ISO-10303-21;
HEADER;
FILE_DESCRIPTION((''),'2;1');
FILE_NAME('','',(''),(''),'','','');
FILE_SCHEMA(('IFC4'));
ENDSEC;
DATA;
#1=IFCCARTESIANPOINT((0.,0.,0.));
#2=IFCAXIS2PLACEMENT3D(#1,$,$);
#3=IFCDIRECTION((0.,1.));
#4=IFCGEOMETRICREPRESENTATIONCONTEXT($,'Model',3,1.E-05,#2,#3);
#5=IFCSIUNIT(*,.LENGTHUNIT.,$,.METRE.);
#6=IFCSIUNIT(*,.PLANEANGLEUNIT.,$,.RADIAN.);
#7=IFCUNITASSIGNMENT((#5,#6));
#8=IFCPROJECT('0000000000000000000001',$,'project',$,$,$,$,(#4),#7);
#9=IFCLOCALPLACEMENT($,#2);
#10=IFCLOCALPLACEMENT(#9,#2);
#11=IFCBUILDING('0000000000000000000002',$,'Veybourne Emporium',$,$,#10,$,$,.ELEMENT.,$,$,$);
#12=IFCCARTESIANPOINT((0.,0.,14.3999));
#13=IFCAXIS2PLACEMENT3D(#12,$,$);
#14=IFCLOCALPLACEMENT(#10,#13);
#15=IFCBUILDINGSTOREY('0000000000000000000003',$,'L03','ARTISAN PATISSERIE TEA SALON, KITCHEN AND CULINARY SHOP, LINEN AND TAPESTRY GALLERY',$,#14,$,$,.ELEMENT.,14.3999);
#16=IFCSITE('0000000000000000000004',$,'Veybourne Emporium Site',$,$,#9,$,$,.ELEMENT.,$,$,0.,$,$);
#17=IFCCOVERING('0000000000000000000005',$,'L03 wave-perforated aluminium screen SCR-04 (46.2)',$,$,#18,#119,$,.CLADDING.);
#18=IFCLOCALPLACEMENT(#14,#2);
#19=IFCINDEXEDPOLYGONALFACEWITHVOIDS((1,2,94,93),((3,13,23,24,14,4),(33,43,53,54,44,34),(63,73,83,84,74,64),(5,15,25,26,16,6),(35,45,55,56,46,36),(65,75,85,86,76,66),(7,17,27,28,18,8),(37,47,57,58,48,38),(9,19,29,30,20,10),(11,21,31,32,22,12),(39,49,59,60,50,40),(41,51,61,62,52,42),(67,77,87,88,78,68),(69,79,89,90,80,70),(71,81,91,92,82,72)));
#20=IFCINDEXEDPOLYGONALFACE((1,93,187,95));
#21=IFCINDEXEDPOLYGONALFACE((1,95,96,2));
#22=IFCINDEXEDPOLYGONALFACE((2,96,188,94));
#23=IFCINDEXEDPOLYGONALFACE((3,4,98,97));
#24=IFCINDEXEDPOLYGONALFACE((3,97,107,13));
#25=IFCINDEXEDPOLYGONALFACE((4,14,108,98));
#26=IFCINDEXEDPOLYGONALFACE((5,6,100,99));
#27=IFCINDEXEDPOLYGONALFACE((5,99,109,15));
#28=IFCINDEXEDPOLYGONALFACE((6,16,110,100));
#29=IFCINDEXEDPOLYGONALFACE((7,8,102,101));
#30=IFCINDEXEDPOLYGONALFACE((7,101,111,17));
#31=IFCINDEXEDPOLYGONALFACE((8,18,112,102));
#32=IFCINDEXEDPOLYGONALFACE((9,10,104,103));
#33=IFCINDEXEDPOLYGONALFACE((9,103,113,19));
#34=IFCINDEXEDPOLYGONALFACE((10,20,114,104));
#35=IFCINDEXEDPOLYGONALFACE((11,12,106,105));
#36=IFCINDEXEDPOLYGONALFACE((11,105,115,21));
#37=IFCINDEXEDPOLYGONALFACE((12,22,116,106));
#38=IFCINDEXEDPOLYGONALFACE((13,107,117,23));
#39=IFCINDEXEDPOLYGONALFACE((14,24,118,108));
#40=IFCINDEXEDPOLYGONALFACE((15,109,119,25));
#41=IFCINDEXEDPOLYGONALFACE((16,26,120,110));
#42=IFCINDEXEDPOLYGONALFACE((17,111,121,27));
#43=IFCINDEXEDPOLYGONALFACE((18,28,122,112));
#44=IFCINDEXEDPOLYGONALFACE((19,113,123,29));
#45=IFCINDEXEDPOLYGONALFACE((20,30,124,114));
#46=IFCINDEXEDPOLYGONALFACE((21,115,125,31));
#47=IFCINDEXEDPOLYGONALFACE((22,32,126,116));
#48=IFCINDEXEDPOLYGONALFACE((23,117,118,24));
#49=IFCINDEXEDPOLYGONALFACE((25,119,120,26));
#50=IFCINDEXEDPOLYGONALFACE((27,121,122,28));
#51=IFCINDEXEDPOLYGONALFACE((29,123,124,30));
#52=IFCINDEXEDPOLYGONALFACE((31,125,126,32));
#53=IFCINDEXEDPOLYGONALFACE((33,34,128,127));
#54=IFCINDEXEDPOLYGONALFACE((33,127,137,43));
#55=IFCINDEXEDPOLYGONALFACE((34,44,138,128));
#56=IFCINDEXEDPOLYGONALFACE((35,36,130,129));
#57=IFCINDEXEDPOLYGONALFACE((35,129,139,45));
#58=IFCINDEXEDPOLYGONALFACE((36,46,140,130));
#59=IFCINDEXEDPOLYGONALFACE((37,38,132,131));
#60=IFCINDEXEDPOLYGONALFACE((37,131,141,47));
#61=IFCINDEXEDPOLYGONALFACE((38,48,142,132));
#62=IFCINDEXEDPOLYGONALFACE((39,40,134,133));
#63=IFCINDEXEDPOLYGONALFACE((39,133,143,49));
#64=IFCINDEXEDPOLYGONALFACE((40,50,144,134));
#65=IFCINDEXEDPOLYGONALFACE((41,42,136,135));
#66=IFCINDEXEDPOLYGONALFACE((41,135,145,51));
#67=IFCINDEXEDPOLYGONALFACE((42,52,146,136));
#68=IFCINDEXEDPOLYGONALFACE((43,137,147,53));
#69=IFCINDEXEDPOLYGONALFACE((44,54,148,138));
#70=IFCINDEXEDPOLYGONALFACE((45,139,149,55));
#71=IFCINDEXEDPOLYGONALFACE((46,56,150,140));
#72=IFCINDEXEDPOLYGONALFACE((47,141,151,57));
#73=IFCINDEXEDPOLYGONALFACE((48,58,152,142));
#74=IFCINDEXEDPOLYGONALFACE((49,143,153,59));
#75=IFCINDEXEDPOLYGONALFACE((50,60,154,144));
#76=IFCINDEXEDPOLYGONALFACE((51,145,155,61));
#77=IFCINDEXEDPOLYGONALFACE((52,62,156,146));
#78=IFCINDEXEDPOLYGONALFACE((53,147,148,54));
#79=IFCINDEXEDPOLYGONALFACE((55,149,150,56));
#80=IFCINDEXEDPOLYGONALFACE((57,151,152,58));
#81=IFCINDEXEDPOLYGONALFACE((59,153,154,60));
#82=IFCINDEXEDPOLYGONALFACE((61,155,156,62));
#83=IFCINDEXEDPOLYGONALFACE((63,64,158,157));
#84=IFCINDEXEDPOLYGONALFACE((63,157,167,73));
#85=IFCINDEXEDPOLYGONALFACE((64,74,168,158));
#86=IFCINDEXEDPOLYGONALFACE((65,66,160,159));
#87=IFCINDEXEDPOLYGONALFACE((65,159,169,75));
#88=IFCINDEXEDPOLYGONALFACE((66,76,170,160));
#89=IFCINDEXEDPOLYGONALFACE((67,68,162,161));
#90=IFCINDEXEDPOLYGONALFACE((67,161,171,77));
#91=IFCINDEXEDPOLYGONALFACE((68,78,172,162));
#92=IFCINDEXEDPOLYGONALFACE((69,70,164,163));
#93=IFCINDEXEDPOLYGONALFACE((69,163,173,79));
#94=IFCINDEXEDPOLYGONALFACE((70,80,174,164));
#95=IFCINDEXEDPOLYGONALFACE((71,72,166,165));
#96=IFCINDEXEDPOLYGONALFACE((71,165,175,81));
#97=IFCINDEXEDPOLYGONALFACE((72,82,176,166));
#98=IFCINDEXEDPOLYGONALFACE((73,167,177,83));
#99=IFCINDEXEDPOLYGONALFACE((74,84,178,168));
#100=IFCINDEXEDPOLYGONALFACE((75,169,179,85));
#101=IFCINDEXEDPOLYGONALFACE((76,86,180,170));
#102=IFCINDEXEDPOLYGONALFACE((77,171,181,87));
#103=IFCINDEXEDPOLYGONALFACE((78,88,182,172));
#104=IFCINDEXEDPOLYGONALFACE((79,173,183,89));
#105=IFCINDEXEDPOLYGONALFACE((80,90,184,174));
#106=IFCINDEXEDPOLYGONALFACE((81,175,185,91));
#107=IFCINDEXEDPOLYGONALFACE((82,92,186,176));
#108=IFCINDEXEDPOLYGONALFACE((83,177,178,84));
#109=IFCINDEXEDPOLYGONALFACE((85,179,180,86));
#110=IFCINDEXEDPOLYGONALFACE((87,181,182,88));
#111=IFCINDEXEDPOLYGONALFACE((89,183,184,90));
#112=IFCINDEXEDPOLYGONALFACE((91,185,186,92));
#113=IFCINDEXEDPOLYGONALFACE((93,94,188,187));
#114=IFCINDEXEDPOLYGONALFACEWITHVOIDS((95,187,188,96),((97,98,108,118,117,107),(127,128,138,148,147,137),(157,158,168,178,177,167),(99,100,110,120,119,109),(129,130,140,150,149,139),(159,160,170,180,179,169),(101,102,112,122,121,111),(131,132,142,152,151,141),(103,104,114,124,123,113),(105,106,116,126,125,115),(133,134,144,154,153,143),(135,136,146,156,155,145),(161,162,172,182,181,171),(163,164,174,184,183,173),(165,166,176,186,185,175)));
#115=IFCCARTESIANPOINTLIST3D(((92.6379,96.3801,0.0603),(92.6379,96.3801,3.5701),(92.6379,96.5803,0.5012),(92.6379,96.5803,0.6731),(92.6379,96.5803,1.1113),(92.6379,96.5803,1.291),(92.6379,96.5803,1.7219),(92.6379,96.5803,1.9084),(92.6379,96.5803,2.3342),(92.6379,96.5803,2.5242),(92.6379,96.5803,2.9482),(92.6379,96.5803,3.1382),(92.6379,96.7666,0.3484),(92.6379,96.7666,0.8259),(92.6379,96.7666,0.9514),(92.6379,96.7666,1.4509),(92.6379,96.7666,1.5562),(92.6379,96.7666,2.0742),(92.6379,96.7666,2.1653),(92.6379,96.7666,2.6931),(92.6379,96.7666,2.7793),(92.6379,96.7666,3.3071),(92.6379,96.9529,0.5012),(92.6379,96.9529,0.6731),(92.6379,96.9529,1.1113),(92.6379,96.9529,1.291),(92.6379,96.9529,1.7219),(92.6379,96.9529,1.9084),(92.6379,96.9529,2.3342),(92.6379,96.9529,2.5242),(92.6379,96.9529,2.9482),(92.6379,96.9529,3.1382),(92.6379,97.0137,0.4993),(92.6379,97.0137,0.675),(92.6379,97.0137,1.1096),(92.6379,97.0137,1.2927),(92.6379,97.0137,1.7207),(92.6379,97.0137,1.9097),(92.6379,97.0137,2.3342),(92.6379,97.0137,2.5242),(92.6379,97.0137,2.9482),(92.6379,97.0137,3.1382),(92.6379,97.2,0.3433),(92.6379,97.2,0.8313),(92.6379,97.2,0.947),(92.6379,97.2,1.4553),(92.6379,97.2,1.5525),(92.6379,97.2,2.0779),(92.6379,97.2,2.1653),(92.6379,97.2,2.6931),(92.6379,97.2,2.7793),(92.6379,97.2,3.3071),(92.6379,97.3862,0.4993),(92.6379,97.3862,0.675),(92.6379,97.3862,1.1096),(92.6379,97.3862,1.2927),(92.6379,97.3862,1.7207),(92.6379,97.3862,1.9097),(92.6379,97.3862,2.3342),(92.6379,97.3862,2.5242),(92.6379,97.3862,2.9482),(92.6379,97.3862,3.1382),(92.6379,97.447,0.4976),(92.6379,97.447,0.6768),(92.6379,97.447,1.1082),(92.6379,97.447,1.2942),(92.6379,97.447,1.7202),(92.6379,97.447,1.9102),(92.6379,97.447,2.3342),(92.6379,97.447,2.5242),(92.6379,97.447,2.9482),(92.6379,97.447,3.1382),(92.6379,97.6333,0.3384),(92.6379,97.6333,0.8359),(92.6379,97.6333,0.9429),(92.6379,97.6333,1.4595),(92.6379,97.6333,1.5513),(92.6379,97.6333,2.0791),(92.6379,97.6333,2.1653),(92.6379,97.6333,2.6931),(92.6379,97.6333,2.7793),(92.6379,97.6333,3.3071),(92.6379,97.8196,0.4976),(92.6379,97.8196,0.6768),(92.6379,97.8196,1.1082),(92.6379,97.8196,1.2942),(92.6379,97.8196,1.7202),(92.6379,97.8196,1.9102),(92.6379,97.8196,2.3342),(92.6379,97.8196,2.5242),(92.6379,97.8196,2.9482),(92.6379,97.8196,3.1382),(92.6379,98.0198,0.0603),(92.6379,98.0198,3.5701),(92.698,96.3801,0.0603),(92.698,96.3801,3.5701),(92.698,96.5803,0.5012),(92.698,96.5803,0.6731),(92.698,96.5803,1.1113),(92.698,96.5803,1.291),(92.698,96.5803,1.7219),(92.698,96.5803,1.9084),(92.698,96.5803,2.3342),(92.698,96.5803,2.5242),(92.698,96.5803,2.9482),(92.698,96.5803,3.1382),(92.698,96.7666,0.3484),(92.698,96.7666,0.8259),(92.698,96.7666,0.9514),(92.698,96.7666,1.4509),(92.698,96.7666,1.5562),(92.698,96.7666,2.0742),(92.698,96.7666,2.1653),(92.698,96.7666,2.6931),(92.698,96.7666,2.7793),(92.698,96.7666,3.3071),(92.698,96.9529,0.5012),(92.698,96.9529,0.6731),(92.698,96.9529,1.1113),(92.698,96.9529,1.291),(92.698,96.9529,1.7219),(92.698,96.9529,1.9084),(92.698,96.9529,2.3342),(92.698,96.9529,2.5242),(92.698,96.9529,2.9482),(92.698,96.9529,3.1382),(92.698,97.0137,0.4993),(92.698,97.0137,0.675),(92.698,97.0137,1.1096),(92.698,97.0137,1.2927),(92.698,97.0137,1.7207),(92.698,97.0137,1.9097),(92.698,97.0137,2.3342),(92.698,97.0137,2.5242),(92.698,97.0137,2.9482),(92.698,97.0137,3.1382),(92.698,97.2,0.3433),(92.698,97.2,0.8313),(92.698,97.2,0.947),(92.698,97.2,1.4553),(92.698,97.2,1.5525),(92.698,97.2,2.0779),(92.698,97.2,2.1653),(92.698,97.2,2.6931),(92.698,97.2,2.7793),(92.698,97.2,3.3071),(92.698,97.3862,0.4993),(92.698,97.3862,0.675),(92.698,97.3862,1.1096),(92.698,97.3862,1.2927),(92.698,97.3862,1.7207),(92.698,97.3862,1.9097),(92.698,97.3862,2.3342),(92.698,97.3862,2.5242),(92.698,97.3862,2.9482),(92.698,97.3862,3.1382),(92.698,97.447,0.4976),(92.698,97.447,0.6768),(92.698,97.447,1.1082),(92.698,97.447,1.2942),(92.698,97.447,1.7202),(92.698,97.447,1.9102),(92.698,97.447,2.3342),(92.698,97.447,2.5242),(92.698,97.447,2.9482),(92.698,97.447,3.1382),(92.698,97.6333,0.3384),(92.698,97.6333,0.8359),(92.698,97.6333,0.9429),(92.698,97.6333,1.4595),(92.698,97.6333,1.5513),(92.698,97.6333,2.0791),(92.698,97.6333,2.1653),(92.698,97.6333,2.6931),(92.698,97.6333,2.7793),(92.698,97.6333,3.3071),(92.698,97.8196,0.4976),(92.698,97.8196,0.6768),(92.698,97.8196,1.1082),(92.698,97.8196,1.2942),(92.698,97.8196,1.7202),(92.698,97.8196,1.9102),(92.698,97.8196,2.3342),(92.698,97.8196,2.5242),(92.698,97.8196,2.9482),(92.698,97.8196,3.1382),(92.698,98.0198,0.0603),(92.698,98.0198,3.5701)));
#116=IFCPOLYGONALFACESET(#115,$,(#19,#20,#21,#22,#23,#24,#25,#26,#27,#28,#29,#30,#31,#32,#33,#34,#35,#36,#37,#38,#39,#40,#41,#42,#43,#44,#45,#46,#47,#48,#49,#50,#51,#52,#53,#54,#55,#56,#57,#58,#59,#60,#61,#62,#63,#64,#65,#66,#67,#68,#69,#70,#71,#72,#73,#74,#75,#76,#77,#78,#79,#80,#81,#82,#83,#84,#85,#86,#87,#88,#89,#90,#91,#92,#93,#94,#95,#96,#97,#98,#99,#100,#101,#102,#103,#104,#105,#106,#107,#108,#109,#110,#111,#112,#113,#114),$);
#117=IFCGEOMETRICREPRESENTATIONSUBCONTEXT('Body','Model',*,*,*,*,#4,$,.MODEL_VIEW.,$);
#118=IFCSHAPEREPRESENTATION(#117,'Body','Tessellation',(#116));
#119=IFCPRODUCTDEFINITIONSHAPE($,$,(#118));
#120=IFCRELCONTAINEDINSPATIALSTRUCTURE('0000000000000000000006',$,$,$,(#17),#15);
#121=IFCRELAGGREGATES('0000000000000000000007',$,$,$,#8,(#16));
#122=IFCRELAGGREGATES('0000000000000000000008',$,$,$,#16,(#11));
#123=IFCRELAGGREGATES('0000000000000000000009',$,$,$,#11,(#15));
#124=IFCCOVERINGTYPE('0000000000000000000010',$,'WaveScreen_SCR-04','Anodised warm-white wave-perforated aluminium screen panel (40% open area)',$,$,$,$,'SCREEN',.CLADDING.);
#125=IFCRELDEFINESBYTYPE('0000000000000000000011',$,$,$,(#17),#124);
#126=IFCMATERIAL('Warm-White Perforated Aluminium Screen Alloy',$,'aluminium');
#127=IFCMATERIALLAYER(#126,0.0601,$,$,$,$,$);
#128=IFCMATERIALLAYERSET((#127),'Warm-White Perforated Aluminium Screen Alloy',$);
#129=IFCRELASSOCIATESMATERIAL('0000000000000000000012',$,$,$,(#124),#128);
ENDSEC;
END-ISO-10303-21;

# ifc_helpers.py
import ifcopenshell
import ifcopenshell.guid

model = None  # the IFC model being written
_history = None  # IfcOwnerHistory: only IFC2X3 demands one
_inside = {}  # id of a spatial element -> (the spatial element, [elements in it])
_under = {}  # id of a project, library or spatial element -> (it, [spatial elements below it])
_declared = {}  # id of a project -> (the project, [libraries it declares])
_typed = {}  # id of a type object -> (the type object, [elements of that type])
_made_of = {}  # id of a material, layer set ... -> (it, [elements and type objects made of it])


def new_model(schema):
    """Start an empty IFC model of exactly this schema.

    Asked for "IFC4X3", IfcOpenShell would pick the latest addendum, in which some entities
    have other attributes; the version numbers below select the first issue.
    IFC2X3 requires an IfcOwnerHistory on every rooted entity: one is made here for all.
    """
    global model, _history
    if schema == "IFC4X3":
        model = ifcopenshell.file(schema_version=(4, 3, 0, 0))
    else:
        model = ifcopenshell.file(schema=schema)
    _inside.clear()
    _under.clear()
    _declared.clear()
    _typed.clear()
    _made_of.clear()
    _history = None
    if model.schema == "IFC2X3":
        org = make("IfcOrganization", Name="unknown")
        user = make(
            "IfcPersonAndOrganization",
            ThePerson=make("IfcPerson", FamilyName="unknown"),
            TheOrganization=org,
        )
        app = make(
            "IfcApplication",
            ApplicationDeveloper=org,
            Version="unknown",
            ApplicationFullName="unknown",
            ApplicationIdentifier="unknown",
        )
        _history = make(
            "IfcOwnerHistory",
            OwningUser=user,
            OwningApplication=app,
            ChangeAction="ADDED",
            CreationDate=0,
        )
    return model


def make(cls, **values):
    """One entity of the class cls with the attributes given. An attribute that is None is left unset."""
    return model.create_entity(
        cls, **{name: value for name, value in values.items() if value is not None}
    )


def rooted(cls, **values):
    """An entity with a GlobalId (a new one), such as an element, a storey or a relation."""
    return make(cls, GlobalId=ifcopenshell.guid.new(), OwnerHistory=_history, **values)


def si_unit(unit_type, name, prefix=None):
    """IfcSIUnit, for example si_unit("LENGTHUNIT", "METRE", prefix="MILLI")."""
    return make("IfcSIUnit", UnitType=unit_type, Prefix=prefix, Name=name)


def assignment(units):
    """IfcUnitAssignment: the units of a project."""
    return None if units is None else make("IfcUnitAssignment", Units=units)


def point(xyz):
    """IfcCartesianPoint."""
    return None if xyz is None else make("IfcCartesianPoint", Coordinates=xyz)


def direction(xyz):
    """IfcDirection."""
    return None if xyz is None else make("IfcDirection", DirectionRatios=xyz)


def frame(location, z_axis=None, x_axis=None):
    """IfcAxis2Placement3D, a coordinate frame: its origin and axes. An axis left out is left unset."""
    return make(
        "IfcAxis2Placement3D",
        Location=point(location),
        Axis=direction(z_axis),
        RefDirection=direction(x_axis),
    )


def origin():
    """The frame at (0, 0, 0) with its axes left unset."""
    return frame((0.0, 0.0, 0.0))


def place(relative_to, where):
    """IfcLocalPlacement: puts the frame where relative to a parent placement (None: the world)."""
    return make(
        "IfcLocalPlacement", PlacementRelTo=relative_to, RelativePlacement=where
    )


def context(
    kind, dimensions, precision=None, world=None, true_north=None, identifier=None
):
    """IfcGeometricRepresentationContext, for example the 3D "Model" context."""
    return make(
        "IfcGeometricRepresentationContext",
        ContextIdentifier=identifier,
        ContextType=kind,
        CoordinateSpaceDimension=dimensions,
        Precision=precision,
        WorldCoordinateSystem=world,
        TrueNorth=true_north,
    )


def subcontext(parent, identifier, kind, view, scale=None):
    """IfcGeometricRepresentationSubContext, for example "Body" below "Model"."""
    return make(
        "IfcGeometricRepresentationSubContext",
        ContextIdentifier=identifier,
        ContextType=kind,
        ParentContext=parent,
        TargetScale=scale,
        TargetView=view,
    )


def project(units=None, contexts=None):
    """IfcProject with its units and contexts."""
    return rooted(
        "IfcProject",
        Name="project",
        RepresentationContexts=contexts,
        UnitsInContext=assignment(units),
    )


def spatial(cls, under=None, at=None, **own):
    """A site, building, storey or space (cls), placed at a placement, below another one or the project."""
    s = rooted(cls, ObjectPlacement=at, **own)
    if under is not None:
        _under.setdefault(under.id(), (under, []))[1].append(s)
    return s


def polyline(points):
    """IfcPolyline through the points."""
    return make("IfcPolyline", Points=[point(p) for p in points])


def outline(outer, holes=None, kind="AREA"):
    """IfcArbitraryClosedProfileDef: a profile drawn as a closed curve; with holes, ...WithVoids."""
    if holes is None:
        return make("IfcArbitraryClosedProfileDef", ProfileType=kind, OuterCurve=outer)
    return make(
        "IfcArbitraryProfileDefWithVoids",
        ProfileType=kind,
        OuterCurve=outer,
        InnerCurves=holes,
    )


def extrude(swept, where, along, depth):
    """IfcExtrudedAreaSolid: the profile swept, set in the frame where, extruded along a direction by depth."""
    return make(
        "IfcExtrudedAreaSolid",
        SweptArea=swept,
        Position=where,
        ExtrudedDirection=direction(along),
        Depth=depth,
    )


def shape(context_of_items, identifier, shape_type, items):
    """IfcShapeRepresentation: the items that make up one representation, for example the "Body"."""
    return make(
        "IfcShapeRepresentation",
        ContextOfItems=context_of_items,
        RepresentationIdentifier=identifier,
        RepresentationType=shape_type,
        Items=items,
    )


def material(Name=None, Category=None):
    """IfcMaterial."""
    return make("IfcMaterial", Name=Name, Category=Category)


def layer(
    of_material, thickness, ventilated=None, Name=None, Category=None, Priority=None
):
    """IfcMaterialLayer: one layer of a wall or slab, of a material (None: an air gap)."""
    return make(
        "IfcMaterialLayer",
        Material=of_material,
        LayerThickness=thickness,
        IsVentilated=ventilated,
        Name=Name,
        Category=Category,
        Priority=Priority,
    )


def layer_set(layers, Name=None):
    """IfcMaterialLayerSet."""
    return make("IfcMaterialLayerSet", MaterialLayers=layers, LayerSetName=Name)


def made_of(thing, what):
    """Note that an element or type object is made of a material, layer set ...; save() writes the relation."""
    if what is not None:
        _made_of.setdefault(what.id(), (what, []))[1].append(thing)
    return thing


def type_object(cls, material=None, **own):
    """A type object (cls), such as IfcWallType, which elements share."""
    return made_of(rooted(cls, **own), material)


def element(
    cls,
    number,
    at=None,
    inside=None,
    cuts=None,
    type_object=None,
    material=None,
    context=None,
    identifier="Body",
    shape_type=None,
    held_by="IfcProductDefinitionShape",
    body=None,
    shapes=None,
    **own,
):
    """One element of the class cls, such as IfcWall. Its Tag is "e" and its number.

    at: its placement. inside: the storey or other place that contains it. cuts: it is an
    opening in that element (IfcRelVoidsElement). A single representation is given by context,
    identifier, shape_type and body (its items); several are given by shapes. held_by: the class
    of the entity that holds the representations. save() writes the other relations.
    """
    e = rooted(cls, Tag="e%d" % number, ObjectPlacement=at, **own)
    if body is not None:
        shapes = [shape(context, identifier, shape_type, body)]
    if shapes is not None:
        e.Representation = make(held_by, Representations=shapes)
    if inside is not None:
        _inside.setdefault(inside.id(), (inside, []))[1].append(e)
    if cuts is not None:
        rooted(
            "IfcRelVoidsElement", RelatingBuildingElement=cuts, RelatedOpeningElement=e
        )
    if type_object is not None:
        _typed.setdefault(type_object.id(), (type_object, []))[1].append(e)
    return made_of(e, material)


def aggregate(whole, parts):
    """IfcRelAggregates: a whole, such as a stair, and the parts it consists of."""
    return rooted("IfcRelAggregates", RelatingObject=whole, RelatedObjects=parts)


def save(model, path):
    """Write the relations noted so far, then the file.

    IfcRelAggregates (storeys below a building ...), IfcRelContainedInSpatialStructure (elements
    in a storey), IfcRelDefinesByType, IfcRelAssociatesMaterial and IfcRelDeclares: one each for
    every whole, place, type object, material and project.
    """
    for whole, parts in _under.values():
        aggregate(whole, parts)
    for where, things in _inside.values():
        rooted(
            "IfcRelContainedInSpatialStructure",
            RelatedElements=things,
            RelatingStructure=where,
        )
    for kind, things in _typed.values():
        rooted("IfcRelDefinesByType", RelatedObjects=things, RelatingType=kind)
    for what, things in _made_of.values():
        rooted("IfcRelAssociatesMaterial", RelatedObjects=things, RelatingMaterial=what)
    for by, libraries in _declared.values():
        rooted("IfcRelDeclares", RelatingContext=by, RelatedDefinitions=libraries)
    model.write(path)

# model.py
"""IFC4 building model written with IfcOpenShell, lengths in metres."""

from ifc_helpers import new_model, si_unit, direction, frame, origin, place, context, subcontext, project, spatial, polyline, outline, extrude, material, layer, layer_set, type_object, element, save


model = new_model("IFC4")

# Units and contexts
model_context = context("Model", 3, precision=1e-05, world=origin(), true_north=direction((0.0, 1.0)))
body_context = subcontext(model_context, "Body", "Model", "MODEL_VIEW")
ifc_project = project(units=[si_unit("LENGTHUNIT", "METRE"), si_unit("PLANEANGLEUNIT", "RADIAN")], contexts=[model_context])

# Site, building, storey
site_placement = place(None, origin())
site = spatial("IfcSite", under=ifc_project, at=site_placement, Name="Veybourne Emporium Site", CompositionType="ELEMENT", RefElevation=0.0)
building_placement = place(site_placement, origin())
building = spatial("IfcBuilding", under=site, at=building_placement, Name="Veybourne Emporium", CompositionType="ELEMENT")
storey_placement = place(building_placement, frame((0.0, 0.0, 14.3999)))
storey = spatial("IfcBuildingStorey", under=building, at=storey_placement, Name="L03", Description="ARTISAN PATISSERIE TEA SALON, KITCHEN AND CULINARY SHOP, LINEN AND TAPESTRY GALLERY", CompositionType="ELEMENT", Elevation=14.3999)

# Covering
ifc_material_1 = material(Name="Warm-White Perforated Aluminium Screen Alloy", Category="aluminium")
ifc_layer_1 = layer(ifc_material_1, 0.0601)
ifc_layer_set_1 = layer_set([ifc_layer_1], Name="Warm-White Perforated Aluminium Screen Alloy")
covering_type_1 = type_object("IfcCoveringType", Name="WaveScreen_SCR-04", Description="Anodised warm-white wave-perforated aluminium screen panel (40% open area)", ElementType="SCREEN", PredefinedType="CLADDING", material=ifc_layer_set_1)
covering_1_placement = place(storey_placement, frame((92.698, 97.2, 1.8152), z_axis=(-1.0, 0.0, 0.0), x_axis=(0.0, -1.0, 0.0)))
element("IfcCovering", 1, at=covering_1_placement, inside=storey, type_object=covering_type_1, Name="L03 wave-perforated aluminium screen SCR-04 (46.2)", PredefinedType="CLADDING", context=body_context, shape_type="SweptSolid", body=[
    extrude(outline(polyline([(-0.8198, -1.7549), (0.8198, -1.7549), (0.8198, 1.7549), (-0.8198, 1.7549), (-0.8198, -1.7549)]), holes=[polyline([(-0.4333, -0.9792), (-0.2471, -1.1384), (-0.2471, -1.3176), (-0.4333, -1.4768), (-0.6196, -1.3176), (-0.6196, -1.1384), (-0.4333, -0.9792)]), polyline([(-0.4333, -0.3557), (-0.2471, -0.521), (-0.2471, -0.707), (-0.4333, -0.8723), (-0.6196, -0.707), (-0.6196, -0.521), (-0.4333, -0.3557)]), polyline([(-0.4333, 0.2639), (-0.2471, 0.095), (-0.2471, -0.095), (-0.4333, -0.2639), (-0.6196, -0.095), (-0.6196, 0.095), (-0.4333, 0.2639)]), polyline([(-0.4333, 0.8779), (-0.2471, 0.709), (-0.2471, 0.519), (-0.4333, 0.3501), (-0.6196, 0.519), (-0.6196, 0.709), (-0.4333, 0.8779)]), polyline([(-0.4333, 1.4919), (-0.2471, 1.323), (-0.2471, 1.1331), (-0.4333, 0.9641), (-0.6196, 1.1331), (-0.6196, 1.323), (-0.4333, 1.4919)]), polyline([(0.0, -0.9839), (0.1863, -1.1401), (0.1863, -1.3159), (0.0, -1.4719), (-0.1863, -1.3159), (-0.1863, -1.1401), (0.0, -0.9839)]), polyline([(0.0, -0.3599), (0.1863, -0.5225), (0.1863, -0.7056), (0.0, -0.8682), (-0.1863, -0.7056), (-0.1863, -0.5225), (0.0, -0.3599)]), polyline([(0.0, 0.2627), (0.1863, 0.0945), (0.1863, -0.0945), (0.0, -0.2627), (-0.1863, -0.0945), (-0.1863, 0.0945), (0.0, 0.2627)]), polyline([(0.0, 0.8779), (0.1863, 0.709), (0.1863, 0.519), (0.0, 0.3501), (-0.1863, 0.519), (-0.1863, 0.709), (0.0, 0.8779)]), polyline([(0.0, 1.4919), (0.1863, 1.323), (0.1863, 1.1331), (0.0, 0.9641), (-0.1863, 1.1331), (-0.1863, 1.323), (0.0, 1.4919)]), polyline([(0.4333, -0.9893), (0.6196, -1.1421), (0.6196, -1.314), (0.4333, -1.4668), (0.2471, -1.314), (0.2471, -1.1421), (0.4333, -0.9893)]), polyline([(0.4333, -0.3643), (0.6196, -0.5242), (0.6196, -0.7039), (0.4333, -0.8638), (0.2471, -0.7039), (0.2471, -0.5242), (0.4333, -0.3643)]), polyline([(0.4333, 0.259), (0.6196, 0.0933), (0.6196, -0.0933), (0.4333, -0.259), (0.2471, -0.0933), (0.2471, 0.0933), (0.4333, 0.259)]), polyline([(0.4333, 0.8779), (0.6196, 0.709), (0.6196, 0.519), (0.4333, 0.3501), (0.2471, 0.519), (0.2471, 0.709), (0.4333, 0.8779)]), polyline([(0.4333, 1.4919), (0.6196, 1.323), (0.6196, 1.1331), (0.4333, 0.9641), (0.2471, 1.1331), (0.2471, 1.323), (0.4333, 1.4919)])]), origin(), (0.0, 0.0, 1.0), 0.0601),
])

save(model, "model.ifc")
